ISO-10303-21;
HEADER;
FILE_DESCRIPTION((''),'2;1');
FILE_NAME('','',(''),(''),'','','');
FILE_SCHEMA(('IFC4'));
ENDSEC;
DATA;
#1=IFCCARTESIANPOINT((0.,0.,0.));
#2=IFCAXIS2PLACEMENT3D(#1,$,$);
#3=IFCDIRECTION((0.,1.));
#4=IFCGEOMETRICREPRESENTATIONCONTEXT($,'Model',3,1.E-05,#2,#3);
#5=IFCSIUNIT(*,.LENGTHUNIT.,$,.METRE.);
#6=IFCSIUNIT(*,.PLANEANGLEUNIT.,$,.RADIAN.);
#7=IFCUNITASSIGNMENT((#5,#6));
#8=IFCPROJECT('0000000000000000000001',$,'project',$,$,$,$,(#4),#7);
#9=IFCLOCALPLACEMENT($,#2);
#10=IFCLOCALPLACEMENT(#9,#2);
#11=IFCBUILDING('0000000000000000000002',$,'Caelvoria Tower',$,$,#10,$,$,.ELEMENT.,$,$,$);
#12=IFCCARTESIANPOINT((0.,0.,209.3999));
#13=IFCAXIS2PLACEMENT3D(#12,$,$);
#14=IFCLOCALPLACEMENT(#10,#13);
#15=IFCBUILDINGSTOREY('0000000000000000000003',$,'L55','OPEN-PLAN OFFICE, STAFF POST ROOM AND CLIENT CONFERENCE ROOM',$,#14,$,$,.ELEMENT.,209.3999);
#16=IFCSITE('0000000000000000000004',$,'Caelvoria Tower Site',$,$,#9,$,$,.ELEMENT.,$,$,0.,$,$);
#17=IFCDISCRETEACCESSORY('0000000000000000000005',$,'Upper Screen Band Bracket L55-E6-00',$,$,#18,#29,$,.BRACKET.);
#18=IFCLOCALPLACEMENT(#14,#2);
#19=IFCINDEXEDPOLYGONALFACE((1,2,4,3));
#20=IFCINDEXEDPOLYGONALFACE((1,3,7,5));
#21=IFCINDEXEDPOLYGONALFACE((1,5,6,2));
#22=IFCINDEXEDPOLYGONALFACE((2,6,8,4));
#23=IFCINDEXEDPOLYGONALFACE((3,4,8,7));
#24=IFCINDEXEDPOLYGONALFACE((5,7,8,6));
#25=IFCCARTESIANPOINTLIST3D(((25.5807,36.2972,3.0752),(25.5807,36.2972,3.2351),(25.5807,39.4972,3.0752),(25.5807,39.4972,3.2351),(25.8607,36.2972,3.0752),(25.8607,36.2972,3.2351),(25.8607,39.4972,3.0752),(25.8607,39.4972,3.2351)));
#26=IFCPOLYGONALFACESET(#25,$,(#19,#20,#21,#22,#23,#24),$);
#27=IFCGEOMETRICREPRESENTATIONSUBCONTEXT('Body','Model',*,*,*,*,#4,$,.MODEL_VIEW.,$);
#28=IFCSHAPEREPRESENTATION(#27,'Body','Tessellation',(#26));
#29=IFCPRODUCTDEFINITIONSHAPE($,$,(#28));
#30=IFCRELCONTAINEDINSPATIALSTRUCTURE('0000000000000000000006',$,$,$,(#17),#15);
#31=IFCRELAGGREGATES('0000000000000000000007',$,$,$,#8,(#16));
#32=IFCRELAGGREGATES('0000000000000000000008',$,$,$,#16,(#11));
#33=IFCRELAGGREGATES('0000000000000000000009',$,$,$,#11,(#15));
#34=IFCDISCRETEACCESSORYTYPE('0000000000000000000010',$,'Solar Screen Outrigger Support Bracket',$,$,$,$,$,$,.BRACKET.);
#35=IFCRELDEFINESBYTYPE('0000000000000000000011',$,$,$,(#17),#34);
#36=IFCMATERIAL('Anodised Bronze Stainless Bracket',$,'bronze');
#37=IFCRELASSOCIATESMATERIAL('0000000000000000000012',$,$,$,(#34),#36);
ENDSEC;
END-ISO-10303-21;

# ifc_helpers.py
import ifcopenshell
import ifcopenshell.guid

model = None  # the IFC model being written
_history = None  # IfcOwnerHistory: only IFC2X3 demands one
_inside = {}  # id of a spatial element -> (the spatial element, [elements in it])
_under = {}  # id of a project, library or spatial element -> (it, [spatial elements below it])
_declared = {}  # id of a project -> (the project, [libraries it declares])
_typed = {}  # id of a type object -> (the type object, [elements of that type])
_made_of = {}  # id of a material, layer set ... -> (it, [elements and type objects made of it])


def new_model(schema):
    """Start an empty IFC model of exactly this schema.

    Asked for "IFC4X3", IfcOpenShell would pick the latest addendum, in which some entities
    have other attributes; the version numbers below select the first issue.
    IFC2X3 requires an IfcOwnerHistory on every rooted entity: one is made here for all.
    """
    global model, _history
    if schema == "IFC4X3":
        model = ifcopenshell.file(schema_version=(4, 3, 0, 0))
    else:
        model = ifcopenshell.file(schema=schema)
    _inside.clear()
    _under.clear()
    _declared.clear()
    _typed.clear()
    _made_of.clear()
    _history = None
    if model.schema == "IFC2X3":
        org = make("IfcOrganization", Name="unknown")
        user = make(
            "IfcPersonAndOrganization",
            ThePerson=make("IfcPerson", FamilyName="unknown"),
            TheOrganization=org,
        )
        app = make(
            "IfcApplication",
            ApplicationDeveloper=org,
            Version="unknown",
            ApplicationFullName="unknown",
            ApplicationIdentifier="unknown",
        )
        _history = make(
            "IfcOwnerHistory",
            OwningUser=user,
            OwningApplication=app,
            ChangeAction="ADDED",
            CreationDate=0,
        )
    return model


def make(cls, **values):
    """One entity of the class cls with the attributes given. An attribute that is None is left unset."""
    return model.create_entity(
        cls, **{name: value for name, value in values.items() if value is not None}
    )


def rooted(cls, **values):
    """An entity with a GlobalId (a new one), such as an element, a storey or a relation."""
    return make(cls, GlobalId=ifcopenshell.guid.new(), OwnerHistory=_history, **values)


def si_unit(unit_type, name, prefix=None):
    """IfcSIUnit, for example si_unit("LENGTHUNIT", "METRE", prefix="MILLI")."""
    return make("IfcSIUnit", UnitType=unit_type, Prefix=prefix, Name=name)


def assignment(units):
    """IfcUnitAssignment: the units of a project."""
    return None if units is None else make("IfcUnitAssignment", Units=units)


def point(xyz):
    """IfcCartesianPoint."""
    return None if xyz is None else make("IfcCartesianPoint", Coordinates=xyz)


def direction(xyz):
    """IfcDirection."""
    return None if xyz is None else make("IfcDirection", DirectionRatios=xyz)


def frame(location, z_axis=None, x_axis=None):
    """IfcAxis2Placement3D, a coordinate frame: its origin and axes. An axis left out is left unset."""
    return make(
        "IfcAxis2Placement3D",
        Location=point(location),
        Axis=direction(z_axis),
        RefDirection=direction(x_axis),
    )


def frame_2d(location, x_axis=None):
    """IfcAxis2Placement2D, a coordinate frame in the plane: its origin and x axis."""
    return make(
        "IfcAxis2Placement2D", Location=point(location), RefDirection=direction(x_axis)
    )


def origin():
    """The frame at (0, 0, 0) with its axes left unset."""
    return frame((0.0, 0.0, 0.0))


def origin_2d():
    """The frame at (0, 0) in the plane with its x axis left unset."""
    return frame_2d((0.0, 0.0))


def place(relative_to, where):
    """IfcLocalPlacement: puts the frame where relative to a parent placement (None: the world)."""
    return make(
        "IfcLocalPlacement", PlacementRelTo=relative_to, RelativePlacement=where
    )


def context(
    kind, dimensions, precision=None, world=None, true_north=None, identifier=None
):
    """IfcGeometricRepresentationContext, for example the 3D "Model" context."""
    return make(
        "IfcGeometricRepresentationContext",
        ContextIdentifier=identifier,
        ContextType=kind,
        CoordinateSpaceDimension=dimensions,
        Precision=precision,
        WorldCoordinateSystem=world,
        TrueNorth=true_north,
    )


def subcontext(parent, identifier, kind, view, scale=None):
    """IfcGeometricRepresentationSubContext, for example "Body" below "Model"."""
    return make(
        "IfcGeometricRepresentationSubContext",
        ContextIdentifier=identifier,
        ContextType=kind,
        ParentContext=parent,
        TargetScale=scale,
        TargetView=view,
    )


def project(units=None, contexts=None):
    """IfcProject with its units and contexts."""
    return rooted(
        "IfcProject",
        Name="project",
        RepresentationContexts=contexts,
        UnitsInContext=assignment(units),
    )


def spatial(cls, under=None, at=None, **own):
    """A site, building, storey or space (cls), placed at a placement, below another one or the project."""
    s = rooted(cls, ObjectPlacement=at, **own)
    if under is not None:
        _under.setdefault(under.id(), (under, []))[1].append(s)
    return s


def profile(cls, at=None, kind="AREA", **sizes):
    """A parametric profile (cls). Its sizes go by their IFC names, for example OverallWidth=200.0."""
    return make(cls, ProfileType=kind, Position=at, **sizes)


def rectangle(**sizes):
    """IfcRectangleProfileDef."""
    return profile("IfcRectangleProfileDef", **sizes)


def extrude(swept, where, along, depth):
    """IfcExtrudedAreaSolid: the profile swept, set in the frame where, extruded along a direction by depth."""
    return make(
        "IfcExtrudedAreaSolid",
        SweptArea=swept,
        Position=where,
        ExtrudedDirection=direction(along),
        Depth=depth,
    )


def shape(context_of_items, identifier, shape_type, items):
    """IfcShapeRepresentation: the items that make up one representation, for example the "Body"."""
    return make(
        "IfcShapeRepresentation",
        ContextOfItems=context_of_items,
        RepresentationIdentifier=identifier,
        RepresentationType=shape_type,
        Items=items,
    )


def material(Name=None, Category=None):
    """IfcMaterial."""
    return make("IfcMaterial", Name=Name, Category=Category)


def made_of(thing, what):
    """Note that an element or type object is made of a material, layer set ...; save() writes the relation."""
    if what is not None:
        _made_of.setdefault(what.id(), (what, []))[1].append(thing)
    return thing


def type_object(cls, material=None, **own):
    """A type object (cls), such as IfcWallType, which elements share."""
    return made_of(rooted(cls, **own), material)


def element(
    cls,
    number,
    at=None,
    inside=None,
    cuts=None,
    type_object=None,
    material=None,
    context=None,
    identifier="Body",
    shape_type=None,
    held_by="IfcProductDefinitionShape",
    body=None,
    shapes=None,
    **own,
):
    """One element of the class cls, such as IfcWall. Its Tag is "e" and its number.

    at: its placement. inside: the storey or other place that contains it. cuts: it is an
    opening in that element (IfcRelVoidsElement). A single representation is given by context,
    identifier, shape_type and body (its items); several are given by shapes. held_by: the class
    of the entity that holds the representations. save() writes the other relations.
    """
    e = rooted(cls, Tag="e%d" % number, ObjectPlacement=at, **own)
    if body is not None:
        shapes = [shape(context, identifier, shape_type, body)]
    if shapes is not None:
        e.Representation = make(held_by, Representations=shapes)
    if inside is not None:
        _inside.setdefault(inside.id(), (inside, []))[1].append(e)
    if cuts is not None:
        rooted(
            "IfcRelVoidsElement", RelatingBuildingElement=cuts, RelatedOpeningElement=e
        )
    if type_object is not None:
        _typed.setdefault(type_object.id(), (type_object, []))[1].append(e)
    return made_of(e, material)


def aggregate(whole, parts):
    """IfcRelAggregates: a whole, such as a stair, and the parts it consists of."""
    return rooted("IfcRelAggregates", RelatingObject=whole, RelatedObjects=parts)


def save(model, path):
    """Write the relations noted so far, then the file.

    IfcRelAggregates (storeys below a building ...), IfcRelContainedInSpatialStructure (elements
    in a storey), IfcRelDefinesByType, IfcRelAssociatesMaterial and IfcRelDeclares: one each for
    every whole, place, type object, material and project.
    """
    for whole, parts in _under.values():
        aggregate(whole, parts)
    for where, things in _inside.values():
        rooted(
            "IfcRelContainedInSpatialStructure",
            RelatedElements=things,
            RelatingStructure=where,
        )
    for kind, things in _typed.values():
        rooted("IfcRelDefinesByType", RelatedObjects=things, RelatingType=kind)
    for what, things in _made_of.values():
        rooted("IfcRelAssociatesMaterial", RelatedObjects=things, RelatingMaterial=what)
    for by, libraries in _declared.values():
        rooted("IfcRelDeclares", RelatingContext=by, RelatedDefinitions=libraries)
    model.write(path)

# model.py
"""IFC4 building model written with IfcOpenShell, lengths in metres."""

from ifc_helpers import new_model, si_unit, direction, frame, origin, origin_2d, place, context, subcontext, project, spatial, rectangle, extrude, material, type_object, element, save


model = new_model("IFC4")

# Units and contexts
model_context = context("Model", 3, precision=1e-05, world=origin(), true_north=direction((0.0, 1.0)))
body_context = subcontext(model_context, "Body", "Model", "MODEL_VIEW")
ifc_project = project(units=[si_unit("LENGTHUNIT", "METRE"), si_unit("PLANEANGLEUNIT", "RADIAN")], contexts=[model_context])

# Site, building, storey
site_placement = place(None, origin())
site = spatial("IfcSite", under=ifc_project, at=site_placement, Name="Caelvoria Tower Site", CompositionType="ELEMENT", RefElevation=0.0)
building_placement = place(site_placement, origin())
building = spatial("IfcBuilding", under=site, at=building_placement, Name="Caelvoria Tower", CompositionType="ELEMENT")
storey_placement = place(building_placement, frame((0.0, 0.0, 209.3999)))
storey = spatial("IfcBuildingStorey", under=building, at=storey_placement, Name="L55", Description="OPEN-PLAN OFFICE, STAFF POST ROOM AND CLIENT CONFERENCE ROOM", CompositionType="ELEMENT", Elevation=209.3999)

# Discrete accessory
ifc_material_1 = material(Name="Anodised Bronze Stainless Bracket", Category="bronze")
discrete_accessory_type = type_object("IfcDiscreteAccessoryType", Name="Solar Screen Outrigger Support Bracket", PredefinedType="BRACKET", material=ifc_material_1)
for number, where, z_axis, x_axis, name in (
    (1, (25.7207, 37.8972, 3.0752), (0.0, 0.0, 1.0), (0.0, -1.0, 0.0), "Upper Screen Band Bracket L55-E6-00"),
):
    element("IfcDiscreteAccessory", number, at=place(storey_placement, frame(where, z_axis=z_axis, x_axis=x_axis)), inside=storey, type_object=discrete_accessory_type, Name=name, PredefinedType="BRACKET", context=body_context, shape_type="SweptSolid", body=[
        extrude(rectangle(XDim=3.2, YDim=0.28, at=origin_2d()), origin(), (0.0, 0.0, 1.0), 0.1599),
    ])

save(model, "model.ifc")
